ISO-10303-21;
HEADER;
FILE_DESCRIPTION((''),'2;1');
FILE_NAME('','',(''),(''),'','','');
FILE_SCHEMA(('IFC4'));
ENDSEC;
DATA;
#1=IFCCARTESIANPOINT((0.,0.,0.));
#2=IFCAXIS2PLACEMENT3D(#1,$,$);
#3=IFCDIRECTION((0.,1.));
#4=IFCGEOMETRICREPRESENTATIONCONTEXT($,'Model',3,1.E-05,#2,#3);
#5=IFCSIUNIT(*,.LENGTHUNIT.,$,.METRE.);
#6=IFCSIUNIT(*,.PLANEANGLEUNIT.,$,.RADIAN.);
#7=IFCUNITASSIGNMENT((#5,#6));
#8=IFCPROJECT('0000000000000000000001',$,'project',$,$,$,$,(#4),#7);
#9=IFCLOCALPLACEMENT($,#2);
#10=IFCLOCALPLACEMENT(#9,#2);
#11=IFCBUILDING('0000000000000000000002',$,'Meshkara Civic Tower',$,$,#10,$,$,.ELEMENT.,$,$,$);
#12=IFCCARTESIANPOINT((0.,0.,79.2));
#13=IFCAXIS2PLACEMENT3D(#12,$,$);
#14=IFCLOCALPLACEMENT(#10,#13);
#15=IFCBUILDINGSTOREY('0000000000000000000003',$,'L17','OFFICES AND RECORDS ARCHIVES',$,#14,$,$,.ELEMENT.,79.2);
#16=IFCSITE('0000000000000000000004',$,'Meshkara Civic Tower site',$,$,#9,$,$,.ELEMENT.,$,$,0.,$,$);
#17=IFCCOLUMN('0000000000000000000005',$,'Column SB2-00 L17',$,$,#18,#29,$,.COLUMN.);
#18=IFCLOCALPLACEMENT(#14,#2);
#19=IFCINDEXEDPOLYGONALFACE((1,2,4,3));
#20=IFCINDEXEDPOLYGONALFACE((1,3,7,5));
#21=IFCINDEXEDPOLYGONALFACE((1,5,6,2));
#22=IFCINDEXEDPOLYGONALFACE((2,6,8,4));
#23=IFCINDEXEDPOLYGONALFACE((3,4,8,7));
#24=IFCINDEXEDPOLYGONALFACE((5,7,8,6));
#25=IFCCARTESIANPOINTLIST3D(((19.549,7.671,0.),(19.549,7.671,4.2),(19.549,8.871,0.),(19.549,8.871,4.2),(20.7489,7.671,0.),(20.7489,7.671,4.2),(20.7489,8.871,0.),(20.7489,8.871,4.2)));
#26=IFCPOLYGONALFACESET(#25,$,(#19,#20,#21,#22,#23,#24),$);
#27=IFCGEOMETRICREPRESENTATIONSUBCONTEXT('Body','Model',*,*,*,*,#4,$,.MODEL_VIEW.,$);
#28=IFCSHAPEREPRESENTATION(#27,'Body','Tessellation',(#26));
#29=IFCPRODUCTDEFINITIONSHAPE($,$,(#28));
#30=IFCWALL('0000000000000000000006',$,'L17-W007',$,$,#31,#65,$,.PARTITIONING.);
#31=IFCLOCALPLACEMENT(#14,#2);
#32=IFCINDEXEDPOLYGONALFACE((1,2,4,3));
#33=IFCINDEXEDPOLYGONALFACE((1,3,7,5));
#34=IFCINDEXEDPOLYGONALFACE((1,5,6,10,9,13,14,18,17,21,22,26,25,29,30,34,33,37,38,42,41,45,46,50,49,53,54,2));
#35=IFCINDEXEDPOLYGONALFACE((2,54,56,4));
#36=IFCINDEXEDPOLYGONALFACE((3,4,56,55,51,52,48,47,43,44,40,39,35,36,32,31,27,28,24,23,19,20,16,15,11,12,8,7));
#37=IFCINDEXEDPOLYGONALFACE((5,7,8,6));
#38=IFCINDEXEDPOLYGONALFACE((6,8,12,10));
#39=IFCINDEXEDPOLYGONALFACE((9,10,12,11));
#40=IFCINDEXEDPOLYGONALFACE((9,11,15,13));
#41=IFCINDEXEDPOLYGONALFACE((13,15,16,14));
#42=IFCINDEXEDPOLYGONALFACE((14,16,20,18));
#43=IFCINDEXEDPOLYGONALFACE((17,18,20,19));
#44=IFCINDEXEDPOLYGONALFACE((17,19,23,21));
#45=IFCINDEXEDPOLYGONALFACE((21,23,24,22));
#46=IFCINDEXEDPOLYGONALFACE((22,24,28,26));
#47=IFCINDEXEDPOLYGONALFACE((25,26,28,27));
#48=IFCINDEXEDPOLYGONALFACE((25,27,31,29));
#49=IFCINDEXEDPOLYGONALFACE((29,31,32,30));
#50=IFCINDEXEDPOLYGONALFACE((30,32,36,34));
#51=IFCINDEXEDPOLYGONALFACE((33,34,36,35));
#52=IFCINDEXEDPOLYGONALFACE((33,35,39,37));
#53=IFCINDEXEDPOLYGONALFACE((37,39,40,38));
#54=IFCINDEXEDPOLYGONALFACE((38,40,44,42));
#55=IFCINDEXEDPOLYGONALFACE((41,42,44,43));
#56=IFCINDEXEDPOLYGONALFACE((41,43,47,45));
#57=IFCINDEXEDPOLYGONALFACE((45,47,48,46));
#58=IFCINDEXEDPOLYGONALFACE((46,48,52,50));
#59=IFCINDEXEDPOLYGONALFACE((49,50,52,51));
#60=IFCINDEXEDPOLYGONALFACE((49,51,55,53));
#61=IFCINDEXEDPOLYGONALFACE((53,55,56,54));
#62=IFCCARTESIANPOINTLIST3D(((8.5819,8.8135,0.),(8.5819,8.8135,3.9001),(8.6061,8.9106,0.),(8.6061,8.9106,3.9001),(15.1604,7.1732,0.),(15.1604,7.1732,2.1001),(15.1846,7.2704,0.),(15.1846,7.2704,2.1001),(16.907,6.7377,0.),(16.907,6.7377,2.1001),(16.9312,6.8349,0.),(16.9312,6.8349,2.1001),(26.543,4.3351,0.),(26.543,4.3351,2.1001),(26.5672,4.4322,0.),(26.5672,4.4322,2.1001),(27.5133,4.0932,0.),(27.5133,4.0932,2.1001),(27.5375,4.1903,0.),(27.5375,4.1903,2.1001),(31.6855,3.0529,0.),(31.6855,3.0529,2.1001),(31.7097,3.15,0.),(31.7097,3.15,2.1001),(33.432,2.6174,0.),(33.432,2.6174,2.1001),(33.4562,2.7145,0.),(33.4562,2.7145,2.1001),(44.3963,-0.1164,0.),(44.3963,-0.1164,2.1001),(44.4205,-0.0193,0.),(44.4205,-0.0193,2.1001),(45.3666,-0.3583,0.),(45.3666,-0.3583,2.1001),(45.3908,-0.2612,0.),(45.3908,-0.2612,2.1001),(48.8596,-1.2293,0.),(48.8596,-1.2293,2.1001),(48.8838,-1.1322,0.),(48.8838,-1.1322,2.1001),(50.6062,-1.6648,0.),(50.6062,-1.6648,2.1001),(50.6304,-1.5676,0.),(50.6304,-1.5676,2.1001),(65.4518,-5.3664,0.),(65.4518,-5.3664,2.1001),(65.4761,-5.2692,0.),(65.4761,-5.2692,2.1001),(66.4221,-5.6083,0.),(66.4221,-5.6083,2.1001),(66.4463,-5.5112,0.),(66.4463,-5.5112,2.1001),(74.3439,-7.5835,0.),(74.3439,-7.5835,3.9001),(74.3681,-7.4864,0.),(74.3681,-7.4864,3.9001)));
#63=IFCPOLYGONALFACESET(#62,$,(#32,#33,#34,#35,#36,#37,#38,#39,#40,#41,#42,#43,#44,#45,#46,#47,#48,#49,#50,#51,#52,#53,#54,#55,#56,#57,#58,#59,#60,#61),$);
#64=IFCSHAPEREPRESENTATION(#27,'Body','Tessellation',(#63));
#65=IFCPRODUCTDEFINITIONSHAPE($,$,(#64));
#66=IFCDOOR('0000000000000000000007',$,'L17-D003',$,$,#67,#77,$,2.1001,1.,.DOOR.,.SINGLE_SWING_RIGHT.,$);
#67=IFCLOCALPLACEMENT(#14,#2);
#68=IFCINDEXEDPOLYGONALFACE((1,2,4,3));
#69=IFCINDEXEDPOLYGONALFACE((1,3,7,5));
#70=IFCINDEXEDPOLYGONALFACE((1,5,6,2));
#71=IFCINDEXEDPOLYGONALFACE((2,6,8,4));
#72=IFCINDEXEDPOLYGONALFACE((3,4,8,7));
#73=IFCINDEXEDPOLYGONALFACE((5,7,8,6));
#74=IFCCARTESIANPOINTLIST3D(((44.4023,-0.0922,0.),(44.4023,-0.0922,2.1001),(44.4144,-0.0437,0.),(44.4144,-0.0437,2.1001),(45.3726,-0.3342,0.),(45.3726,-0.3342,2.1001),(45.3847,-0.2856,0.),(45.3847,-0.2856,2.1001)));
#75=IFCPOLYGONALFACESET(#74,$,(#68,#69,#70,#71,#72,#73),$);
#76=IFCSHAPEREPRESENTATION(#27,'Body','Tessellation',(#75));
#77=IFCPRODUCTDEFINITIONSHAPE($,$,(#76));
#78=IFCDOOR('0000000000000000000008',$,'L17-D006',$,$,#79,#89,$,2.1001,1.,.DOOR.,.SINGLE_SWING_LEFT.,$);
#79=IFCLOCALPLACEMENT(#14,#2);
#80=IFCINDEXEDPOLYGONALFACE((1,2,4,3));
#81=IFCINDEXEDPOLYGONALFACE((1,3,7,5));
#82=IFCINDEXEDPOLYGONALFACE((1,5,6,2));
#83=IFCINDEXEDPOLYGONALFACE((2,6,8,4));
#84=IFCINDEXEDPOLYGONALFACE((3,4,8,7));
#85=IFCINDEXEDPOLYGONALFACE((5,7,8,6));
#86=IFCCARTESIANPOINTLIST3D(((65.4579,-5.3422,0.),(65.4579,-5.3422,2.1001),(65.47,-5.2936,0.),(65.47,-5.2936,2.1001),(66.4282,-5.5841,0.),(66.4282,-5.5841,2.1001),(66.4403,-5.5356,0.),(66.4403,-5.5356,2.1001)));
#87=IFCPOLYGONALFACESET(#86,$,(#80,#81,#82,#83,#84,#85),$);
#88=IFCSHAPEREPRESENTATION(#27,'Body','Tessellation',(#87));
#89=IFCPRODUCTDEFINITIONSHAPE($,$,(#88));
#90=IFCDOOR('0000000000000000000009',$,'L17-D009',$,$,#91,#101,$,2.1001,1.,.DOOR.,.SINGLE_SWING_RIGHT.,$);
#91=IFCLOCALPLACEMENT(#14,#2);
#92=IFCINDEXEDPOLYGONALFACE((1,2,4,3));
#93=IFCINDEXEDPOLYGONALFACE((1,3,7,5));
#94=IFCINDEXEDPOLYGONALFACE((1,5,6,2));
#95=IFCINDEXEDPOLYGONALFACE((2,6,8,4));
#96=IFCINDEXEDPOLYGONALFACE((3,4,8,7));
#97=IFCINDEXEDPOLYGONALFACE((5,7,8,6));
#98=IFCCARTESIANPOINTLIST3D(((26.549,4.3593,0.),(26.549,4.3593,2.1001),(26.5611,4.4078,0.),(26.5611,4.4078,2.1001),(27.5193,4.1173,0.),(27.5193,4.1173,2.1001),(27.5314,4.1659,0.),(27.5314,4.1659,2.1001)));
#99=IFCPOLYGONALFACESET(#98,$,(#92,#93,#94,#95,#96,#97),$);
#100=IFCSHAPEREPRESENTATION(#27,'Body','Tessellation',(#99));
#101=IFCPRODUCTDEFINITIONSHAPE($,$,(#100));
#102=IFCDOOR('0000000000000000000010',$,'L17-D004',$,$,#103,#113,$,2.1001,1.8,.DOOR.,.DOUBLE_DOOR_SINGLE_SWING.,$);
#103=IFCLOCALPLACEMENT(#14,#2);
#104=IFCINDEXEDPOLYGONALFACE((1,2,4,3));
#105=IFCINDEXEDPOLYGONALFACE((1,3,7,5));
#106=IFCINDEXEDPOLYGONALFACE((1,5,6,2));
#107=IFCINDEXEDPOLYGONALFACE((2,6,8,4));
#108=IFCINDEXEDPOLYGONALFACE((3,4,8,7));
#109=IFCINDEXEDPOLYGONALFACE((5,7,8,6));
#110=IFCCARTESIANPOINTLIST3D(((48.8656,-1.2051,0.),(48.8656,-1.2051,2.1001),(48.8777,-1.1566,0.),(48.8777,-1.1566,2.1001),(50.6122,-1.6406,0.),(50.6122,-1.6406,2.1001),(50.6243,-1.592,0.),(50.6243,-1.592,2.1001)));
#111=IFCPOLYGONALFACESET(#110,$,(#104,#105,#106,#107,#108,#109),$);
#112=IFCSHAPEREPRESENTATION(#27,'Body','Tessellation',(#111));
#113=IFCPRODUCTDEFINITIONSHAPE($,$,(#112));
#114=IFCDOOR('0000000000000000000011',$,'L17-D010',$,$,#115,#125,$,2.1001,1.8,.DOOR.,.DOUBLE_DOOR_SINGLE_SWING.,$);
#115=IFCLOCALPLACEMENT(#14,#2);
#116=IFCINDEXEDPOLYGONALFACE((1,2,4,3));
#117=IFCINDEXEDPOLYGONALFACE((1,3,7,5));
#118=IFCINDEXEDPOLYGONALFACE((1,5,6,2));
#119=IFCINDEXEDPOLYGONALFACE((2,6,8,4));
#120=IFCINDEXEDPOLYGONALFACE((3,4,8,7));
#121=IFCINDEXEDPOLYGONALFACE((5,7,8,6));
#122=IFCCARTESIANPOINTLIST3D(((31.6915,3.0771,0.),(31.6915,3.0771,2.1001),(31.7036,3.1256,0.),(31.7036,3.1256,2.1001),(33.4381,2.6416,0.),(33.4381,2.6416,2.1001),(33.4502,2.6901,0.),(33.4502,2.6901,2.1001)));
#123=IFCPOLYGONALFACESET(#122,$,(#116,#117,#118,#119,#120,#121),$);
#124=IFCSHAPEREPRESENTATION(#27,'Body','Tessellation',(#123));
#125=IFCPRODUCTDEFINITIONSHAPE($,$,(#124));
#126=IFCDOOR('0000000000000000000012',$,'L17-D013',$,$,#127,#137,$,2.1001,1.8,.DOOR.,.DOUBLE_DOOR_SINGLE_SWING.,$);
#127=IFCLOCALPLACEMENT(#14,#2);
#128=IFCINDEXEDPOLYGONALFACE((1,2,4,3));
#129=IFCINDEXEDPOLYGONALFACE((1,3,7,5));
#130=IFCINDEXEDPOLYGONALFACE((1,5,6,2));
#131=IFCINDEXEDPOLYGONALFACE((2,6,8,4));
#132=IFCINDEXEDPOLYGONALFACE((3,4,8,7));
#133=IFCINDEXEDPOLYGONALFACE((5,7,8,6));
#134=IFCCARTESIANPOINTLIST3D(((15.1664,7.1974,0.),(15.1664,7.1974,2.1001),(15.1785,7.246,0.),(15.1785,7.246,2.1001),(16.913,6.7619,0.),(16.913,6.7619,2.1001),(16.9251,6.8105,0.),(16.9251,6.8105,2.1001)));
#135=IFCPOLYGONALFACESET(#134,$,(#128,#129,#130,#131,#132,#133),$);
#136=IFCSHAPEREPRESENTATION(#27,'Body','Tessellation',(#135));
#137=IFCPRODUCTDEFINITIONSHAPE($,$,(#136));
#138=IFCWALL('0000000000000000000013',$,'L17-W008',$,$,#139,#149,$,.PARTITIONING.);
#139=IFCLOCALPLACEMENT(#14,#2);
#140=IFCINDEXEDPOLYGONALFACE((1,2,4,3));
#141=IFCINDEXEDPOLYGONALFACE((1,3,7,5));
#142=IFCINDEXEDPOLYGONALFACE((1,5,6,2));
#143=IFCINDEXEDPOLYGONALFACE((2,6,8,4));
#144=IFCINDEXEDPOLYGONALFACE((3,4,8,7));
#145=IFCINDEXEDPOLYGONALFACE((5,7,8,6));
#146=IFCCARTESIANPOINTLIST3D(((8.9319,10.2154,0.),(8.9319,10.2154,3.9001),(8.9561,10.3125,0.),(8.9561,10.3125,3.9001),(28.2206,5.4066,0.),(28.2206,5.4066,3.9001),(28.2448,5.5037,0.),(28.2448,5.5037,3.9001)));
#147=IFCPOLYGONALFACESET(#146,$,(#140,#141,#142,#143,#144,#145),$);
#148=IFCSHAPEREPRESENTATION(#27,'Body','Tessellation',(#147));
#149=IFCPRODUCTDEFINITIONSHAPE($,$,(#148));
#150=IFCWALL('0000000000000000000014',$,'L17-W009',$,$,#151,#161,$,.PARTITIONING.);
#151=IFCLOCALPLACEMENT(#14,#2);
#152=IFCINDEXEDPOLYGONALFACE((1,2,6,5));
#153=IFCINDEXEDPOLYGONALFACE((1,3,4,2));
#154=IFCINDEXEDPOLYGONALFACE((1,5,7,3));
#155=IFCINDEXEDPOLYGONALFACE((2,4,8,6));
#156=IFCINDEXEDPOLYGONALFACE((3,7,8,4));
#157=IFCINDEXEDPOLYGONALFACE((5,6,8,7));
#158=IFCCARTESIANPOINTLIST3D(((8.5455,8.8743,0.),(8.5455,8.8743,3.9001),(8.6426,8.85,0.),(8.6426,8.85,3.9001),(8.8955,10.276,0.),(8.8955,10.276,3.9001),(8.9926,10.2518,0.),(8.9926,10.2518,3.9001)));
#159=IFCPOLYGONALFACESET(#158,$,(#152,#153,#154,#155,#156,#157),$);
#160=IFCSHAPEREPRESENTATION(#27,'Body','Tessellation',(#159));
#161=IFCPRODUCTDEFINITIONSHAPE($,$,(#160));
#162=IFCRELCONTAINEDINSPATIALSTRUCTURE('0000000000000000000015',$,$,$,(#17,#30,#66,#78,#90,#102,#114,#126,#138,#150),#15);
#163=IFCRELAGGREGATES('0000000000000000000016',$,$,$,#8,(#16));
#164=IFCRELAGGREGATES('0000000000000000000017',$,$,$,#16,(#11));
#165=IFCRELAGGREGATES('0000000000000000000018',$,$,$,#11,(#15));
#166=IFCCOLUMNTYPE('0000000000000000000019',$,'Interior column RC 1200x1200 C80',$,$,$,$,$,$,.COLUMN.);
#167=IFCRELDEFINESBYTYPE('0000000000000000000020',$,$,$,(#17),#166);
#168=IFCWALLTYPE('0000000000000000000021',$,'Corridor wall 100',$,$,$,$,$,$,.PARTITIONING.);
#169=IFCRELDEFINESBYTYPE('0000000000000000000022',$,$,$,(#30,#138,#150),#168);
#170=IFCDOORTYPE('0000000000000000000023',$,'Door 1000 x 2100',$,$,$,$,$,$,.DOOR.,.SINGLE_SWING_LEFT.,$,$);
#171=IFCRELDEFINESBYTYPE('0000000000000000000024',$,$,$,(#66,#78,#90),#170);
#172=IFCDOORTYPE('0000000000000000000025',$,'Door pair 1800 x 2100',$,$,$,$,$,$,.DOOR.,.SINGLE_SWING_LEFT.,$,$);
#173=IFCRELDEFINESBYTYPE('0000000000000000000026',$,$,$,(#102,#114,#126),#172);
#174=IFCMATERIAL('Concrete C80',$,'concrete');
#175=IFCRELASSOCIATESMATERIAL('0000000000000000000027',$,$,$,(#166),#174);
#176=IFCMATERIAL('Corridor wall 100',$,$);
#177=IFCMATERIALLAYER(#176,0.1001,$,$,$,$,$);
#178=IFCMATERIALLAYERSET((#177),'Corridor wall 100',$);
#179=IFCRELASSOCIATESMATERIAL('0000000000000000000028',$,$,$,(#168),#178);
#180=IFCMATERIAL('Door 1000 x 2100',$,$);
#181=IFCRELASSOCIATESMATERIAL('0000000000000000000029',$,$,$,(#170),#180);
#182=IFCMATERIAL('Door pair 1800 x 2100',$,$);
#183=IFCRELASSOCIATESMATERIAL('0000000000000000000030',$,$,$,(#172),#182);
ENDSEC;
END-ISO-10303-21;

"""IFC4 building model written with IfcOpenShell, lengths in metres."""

from ifc_helpers import new_model, si_unit, direction, frame, frame_2d, origin, origin_2d, place, context, subcontext, project, spatial, rectangle, extrude, material, layer, layer_set, material_profile, profile_set, type_object, element, fill, save


model = new_model("IFC4")

# Units and contexts
model_context = context("Model", 3, precision=1e-05, world=origin(), true_north=direction((0.0, 1.0)))
body_context = subcontext(model_context, "Body", "Model", "MODEL_VIEW")
ifc_project = project(units=[si_unit("LENGTHUNIT", "METRE"), si_unit("PLANEANGLEUNIT", "RADIAN")], contexts=[model_context])

# Site, building, storey
site_placement = place(None, origin())
site = spatial("IfcSite", under=ifc_project, at=site_placement, Name="Meshkara Civic Tower site", CompositionType="ELEMENT", RefElevation=0.0)
building_placement = place(site_placement, origin())
building = spatial("IfcBuilding", under=site, at=building_placement, Name="Meshkara Civic Tower", CompositionType="ELEMENT")
storey_placement = place(building_placement, frame((0.0, 0.0, 79.2)))
storey = spatial("IfcBuildingStorey", under=building, at=storey_placement, Name="L17", Description="OFFICES AND RECORDS ARCHIVES", CompositionType="ELEMENT", Elevation=79.2)

# Column
ifc_material_1 = material(Name="Concrete C80", Category="concrete")
ifc_material_profile = material_profile(ifc_material_1, rectangle(XDim=1.2, YDim=1.2, at=origin_2d()))
ifc_profile_set = profile_set([ifc_material_profile], Name="Concrete C80")
column_type = type_object("IfcColumnType", Name="Interior column RC 1200x1200 C80", PredefinedType="COLUMN", material=ifc_profile_set)
column_placement = place(storey_placement, frame((20.1489, 8.271, 0.0), z_axis=(0.0, 0.0, 1.0), x_axis=(1.0, 0.0, 0.0)))
element("IfcColumn", 1, at=column_placement, inside=storey, type_object=column_type, Name="Column SB2-00 L17", PredefinedType="COLUMN", context=body_context, shape_type="SweptSolid", body=[
    extrude(rectangle(XDim=1.2, YDim=1.2, at=origin_2d()), origin(), (0.0, 0.0, 1.0), 4.2),
])

# Wall, openings, doors
ifc_material_2 = material(Name="Corridor wall 100")
ifc_layer_1 = layer(ifc_material_2, 0.1001)
ifc_layer_set_1 = layer_set([ifc_layer_1], Name="Corridor wall 100")
wall_type_1 = type_object("IfcWallType", Name="Corridor wall 100", PredefinedType="PARTITIONING", material=ifc_layer_set_1)
wall_1_placement = place(storey_placement, frame((8.594, 8.8621, 0.0), z_axis=(0.0, 0.0, 1.0), x_axis=(0.970293, -0.241931, 0.0)))
wall_1 = element("IfcWall", 2, at=wall_1_placement, inside=storey, type_object=wall_type_1, Name="L17-W007", PredefinedType="PARTITIONING", context=body_context, shape_type="SweptSolid", body=[
    extrude(rectangle(XDim=67.7754, YDim=0.1001, at=frame_2d((33.8877, 0.0))), origin(), (0.0, 0.0, 1.0), 3.9001),
])
opening_1_placement = place(wall_1_placement, frame((36.9109, 0.0, 0.0)))
opening_1 = element("IfcOpeningElement", 3, at=opening_1_placement, cuts=wall_1, PredefinedType="OPENING", context=body_context, shape_type="SweptSolid", body=[
    extrude(rectangle(XDim=1.0, YDim=2.1001, at=frame_2d((0.5, 1.05))), frame((0.0, 0.0601, 0.0), z_axis=(0.0, -1.0, 0.0), x_axis=(1.0, 0.0, 0.0)), (0.0, 0.0, 1.0), 0.1201),
])
opening_2_placement = place(wall_1_placement, frame((41.511, 0.0, 0.0)))
opening_2 = element("IfcOpeningElement", 4, at=opening_2_placement, cuts=wall_1, PredefinedType="OPENING", context=body_context, shape_type="SweptSolid", body=[
    extrude(rectangle(XDim=1.8, YDim=2.1001, at=frame_2d((0.8999, 1.05))), frame((0.0, 0.0601, 0.0), z_axis=(0.0, -1.0, 0.0), x_axis=(1.0, 0.0, 0.0)), (0.0, 0.0, 1.0), 0.1201),
])
opening_3_placement = place(wall_1_placement, frame((58.6111, 0.0, 0.0)))
opening_3 = element("IfcOpeningElement", 5, at=opening_3_placement, cuts=wall_1, PredefinedType="OPENING", context=body_context, shape_type="SweptSolid", body=[
    extrude(rectangle(XDim=1.0, YDim=2.1001, at=frame_2d((0.5, 1.05))), frame((0.0, 0.0601, 0.0), z_axis=(0.0, -1.0, 0.0), x_axis=(1.0, 0.0, 0.0)), (0.0, 0.0, 1.0), 0.1201),
])
opening_4_placement = place(wall_1_placement, frame((18.511, 0.0, 0.0)))
opening_4 = element("IfcOpeningElement", 6, at=opening_4_placement, cuts=wall_1, PredefinedType="OPENING", context=body_context, shape_type="SweptSolid", body=[
    extrude(rectangle(XDim=1.0, YDim=2.1001, at=frame_2d((0.5, 1.05))), frame((0.0, 0.0601, 0.0), z_axis=(0.0, -1.0, 0.0), x_axis=(1.0, 0.0, 0.0)), (0.0, 0.0, 1.0), 0.1201),
])
opening_5_placement = place(wall_1_placement, frame((23.811, 0.0, 0.0)))
opening_5 = element("IfcOpeningElement", 7, at=opening_5_placement, cuts=wall_1, PredefinedType="OPENING", context=body_context, shape_type="SweptSolid", body=[
    extrude(rectangle(XDim=1.8, YDim=2.1001, at=frame_2d((0.8999, 1.05))), frame((0.0, 0.0601, 0.0), z_axis=(0.0, -1.0, 0.0), x_axis=(1.0, 0.0, 0.0)), (0.0, 0.0, 1.0), 0.1201),
])
opening_6_placement = place(wall_1_placement, frame((6.78, 0.0, 0.0)))
opening_6 = element("IfcOpeningElement", 8, at=opening_6_placement, cuts=wall_1, PredefinedType="OPENING", context=body_context, shape_type="SweptSolid", body=[
    extrude(rectangle(XDim=1.8, YDim=2.1001, at=frame_2d((0.8999, 1.05))), frame((0.0, 0.0601, 0.0), z_axis=(0.0, -1.0, 0.0), x_axis=(1.0, 0.0, 0.0)), (0.0, 0.0, 1.0), 0.1201),
])
ifc_material_3 = material(Name="Door 1000 x 2100")
door_type_1 = type_object("IfcDoorType", Name="Door 1000 x 2100", OperationType="SINGLE_SWING_LEFT", PredefinedType="DOOR", material=ifc_material_3)
door_1_placement = place(opening_1_placement, origin())
door_1 = element("IfcDoor", 9, at=door_1_placement, inside=storey, type_object=door_type_1, Name="L17-D003", OperationType="SINGLE_SWING_RIGHT", OverallHeight=2.1001, OverallWidth=1.0, PredefinedType="DOOR", context=body_context, shape_type="SweptSolid", body=[
    extrude(rectangle(XDim=1.0, YDim=2.1001, at=frame_2d((0.5, 1.05))), frame((0.0, 0.0249, 0.0), z_axis=(0.0, -1.0, 0.0), x_axis=(1.0, 0.0, 0.0)), (0.0, 0.0, 1.0), 0.05),
])
fill(opening_1, door_1)
door_2_placement = place(opening_3_placement, origin())
door_2 = element("IfcDoor", 10, at=door_2_placement, inside=storey, type_object=door_type_1, Name="L17-D006", OperationType="SINGLE_SWING_LEFT", OverallHeight=2.1001, OverallWidth=1.0, PredefinedType="DOOR", context=body_context, shape_type="SweptSolid", body=[
    extrude(rectangle(XDim=1.0, YDim=2.1001, at=frame_2d((0.5, 1.05))), frame((0.0, 0.0249, 0.0), z_axis=(0.0, -1.0, 0.0), x_axis=(1.0, 0.0, 0.0)), (0.0, 0.0, 1.0), 0.05),
])
fill(opening_3, door_2)
door_3_placement = place(opening_4_placement, origin())
door_3 = element("IfcDoor", 11, at=door_3_placement, inside=storey, type_object=door_type_1, Name="L17-D009", OperationType="SINGLE_SWING_RIGHT", OverallHeight=2.1001, OverallWidth=1.0, PredefinedType="DOOR", context=body_context, shape_type="SweptSolid", body=[
    extrude(rectangle(XDim=1.0, YDim=2.1001, at=frame_2d((0.5, 1.05))), frame((0.0, 0.0249, 0.0), z_axis=(0.0, -1.0, 0.0), x_axis=(1.0, 0.0, 0.0)), (0.0, 0.0, 1.0), 0.05),
])
fill(opening_4, door_3)
ifc_material_4 = material(Name="Door pair 1800 x 2100")
door_type_2 = type_object("IfcDoorType", Name="Door pair 1800 x 2100", OperationType="SINGLE_SWING_LEFT", PredefinedType="DOOR", material=ifc_material_4)
door_4_placement = place(opening_2_placement, origin())
door_4 = element("IfcDoor", 12, at=door_4_placement, inside=storey, type_object=door_type_2, Name="L17-D004", OperationType="DOUBLE_DOOR_SINGLE_SWING", OverallHeight=2.1001, OverallWidth=1.8, PredefinedType="DOOR", context=body_context, shape_type="SweptSolid", body=[
    extrude(rectangle(XDim=1.8, YDim=2.1001, at=frame_2d((0.8999, 1.05))), frame((0.0, 0.0249, 0.0), z_axis=(0.0, -1.0, 0.0), x_axis=(1.0, 0.0, 0.0)), (0.0, 0.0, 1.0), 0.05),
])
fill(opening_2, door_4)
door_5_placement = place(opening_5_placement, origin())
door_5 = element("IfcDoor", 13, at=door_5_placement, inside=storey, type_object=door_type_2, Name="L17-D010", OperationType="DOUBLE_DOOR_SINGLE_SWING", OverallHeight=2.1001, OverallWidth=1.8, PredefinedType="DOOR", context=body_context, shape_type="SweptSolid", body=[
    extrude(rectangle(XDim=1.8, YDim=2.1001, at=frame_2d((0.8999, 1.05))), frame((0.0, 0.0249, 0.0), z_axis=(0.0, -1.0, 0.0), x_axis=(1.0, 0.0, 0.0)), (0.0, 0.0, 1.0), 0.05),
])
fill(opening_5, door_5)
door_6_placement = place(opening_6_placement, origin())
door_6 = element("IfcDoor", 14, at=door_6_placement, inside=storey, type_object=door_type_2, Name="L17-D013", OperationType="DOUBLE_DOOR_SINGLE_SWING", OverallHeight=2.1001, OverallWidth=1.8, PredefinedType="DOOR", context=body_context, shape_type="SweptSolid", body=[
    extrude(rectangle(XDim=1.8, YDim=2.1001, at=frame_2d((0.8999, 1.05))), frame((0.0, 0.0249, 0.0), z_axis=(0.0, -1.0, 0.0), x_axis=(1.0, 0.0, 0.0)), (0.0, 0.0, 1.0), 0.05),
])
fill(opening_6, door_6)

# Walls
wall_2_placement = place(storey_placement, frame((8.9441, 10.2639, 0.0), z_axis=(0.0, 0.0, 1.0), x_axis=(0.970301, -0.241903, 0.0)))
element("IfcWall", 15, at=wall_2_placement, inside=storey, type_object=wall_type_1, Name="L17-W008", PredefinedType="PARTITIONING", context=body_context, shape_type="SweptSolid", body=[
    extrude(rectangle(XDim=19.8792, YDim=0.1001, at=frame_2d((9.9395, 0.0))), origin(), (0.0, 0.0, 1.0), 3.9001),
])
wall_3_placement = place(storey_placement, frame((8.9441, 10.2639, 0.0), z_axis=(0.0, 0.0, 1.0), x_axis=(-0.242297, -0.970202, 0.0)))
element("IfcWall", 16, at=wall_3_placement, inside=storey, type_object=wall_type_1, Name="L17-W009", PredefinedType="PARTITIONING", context=body_context, shape_type="SweptSolid", body=[
    extrude(rectangle(XDim=1.4448, YDim=0.1001, at=frame_2d((0.7224, 0.0))), origin(), (0.0, 0.0, 1.0), 3.9001),
])

save(model, "model.ifc")
